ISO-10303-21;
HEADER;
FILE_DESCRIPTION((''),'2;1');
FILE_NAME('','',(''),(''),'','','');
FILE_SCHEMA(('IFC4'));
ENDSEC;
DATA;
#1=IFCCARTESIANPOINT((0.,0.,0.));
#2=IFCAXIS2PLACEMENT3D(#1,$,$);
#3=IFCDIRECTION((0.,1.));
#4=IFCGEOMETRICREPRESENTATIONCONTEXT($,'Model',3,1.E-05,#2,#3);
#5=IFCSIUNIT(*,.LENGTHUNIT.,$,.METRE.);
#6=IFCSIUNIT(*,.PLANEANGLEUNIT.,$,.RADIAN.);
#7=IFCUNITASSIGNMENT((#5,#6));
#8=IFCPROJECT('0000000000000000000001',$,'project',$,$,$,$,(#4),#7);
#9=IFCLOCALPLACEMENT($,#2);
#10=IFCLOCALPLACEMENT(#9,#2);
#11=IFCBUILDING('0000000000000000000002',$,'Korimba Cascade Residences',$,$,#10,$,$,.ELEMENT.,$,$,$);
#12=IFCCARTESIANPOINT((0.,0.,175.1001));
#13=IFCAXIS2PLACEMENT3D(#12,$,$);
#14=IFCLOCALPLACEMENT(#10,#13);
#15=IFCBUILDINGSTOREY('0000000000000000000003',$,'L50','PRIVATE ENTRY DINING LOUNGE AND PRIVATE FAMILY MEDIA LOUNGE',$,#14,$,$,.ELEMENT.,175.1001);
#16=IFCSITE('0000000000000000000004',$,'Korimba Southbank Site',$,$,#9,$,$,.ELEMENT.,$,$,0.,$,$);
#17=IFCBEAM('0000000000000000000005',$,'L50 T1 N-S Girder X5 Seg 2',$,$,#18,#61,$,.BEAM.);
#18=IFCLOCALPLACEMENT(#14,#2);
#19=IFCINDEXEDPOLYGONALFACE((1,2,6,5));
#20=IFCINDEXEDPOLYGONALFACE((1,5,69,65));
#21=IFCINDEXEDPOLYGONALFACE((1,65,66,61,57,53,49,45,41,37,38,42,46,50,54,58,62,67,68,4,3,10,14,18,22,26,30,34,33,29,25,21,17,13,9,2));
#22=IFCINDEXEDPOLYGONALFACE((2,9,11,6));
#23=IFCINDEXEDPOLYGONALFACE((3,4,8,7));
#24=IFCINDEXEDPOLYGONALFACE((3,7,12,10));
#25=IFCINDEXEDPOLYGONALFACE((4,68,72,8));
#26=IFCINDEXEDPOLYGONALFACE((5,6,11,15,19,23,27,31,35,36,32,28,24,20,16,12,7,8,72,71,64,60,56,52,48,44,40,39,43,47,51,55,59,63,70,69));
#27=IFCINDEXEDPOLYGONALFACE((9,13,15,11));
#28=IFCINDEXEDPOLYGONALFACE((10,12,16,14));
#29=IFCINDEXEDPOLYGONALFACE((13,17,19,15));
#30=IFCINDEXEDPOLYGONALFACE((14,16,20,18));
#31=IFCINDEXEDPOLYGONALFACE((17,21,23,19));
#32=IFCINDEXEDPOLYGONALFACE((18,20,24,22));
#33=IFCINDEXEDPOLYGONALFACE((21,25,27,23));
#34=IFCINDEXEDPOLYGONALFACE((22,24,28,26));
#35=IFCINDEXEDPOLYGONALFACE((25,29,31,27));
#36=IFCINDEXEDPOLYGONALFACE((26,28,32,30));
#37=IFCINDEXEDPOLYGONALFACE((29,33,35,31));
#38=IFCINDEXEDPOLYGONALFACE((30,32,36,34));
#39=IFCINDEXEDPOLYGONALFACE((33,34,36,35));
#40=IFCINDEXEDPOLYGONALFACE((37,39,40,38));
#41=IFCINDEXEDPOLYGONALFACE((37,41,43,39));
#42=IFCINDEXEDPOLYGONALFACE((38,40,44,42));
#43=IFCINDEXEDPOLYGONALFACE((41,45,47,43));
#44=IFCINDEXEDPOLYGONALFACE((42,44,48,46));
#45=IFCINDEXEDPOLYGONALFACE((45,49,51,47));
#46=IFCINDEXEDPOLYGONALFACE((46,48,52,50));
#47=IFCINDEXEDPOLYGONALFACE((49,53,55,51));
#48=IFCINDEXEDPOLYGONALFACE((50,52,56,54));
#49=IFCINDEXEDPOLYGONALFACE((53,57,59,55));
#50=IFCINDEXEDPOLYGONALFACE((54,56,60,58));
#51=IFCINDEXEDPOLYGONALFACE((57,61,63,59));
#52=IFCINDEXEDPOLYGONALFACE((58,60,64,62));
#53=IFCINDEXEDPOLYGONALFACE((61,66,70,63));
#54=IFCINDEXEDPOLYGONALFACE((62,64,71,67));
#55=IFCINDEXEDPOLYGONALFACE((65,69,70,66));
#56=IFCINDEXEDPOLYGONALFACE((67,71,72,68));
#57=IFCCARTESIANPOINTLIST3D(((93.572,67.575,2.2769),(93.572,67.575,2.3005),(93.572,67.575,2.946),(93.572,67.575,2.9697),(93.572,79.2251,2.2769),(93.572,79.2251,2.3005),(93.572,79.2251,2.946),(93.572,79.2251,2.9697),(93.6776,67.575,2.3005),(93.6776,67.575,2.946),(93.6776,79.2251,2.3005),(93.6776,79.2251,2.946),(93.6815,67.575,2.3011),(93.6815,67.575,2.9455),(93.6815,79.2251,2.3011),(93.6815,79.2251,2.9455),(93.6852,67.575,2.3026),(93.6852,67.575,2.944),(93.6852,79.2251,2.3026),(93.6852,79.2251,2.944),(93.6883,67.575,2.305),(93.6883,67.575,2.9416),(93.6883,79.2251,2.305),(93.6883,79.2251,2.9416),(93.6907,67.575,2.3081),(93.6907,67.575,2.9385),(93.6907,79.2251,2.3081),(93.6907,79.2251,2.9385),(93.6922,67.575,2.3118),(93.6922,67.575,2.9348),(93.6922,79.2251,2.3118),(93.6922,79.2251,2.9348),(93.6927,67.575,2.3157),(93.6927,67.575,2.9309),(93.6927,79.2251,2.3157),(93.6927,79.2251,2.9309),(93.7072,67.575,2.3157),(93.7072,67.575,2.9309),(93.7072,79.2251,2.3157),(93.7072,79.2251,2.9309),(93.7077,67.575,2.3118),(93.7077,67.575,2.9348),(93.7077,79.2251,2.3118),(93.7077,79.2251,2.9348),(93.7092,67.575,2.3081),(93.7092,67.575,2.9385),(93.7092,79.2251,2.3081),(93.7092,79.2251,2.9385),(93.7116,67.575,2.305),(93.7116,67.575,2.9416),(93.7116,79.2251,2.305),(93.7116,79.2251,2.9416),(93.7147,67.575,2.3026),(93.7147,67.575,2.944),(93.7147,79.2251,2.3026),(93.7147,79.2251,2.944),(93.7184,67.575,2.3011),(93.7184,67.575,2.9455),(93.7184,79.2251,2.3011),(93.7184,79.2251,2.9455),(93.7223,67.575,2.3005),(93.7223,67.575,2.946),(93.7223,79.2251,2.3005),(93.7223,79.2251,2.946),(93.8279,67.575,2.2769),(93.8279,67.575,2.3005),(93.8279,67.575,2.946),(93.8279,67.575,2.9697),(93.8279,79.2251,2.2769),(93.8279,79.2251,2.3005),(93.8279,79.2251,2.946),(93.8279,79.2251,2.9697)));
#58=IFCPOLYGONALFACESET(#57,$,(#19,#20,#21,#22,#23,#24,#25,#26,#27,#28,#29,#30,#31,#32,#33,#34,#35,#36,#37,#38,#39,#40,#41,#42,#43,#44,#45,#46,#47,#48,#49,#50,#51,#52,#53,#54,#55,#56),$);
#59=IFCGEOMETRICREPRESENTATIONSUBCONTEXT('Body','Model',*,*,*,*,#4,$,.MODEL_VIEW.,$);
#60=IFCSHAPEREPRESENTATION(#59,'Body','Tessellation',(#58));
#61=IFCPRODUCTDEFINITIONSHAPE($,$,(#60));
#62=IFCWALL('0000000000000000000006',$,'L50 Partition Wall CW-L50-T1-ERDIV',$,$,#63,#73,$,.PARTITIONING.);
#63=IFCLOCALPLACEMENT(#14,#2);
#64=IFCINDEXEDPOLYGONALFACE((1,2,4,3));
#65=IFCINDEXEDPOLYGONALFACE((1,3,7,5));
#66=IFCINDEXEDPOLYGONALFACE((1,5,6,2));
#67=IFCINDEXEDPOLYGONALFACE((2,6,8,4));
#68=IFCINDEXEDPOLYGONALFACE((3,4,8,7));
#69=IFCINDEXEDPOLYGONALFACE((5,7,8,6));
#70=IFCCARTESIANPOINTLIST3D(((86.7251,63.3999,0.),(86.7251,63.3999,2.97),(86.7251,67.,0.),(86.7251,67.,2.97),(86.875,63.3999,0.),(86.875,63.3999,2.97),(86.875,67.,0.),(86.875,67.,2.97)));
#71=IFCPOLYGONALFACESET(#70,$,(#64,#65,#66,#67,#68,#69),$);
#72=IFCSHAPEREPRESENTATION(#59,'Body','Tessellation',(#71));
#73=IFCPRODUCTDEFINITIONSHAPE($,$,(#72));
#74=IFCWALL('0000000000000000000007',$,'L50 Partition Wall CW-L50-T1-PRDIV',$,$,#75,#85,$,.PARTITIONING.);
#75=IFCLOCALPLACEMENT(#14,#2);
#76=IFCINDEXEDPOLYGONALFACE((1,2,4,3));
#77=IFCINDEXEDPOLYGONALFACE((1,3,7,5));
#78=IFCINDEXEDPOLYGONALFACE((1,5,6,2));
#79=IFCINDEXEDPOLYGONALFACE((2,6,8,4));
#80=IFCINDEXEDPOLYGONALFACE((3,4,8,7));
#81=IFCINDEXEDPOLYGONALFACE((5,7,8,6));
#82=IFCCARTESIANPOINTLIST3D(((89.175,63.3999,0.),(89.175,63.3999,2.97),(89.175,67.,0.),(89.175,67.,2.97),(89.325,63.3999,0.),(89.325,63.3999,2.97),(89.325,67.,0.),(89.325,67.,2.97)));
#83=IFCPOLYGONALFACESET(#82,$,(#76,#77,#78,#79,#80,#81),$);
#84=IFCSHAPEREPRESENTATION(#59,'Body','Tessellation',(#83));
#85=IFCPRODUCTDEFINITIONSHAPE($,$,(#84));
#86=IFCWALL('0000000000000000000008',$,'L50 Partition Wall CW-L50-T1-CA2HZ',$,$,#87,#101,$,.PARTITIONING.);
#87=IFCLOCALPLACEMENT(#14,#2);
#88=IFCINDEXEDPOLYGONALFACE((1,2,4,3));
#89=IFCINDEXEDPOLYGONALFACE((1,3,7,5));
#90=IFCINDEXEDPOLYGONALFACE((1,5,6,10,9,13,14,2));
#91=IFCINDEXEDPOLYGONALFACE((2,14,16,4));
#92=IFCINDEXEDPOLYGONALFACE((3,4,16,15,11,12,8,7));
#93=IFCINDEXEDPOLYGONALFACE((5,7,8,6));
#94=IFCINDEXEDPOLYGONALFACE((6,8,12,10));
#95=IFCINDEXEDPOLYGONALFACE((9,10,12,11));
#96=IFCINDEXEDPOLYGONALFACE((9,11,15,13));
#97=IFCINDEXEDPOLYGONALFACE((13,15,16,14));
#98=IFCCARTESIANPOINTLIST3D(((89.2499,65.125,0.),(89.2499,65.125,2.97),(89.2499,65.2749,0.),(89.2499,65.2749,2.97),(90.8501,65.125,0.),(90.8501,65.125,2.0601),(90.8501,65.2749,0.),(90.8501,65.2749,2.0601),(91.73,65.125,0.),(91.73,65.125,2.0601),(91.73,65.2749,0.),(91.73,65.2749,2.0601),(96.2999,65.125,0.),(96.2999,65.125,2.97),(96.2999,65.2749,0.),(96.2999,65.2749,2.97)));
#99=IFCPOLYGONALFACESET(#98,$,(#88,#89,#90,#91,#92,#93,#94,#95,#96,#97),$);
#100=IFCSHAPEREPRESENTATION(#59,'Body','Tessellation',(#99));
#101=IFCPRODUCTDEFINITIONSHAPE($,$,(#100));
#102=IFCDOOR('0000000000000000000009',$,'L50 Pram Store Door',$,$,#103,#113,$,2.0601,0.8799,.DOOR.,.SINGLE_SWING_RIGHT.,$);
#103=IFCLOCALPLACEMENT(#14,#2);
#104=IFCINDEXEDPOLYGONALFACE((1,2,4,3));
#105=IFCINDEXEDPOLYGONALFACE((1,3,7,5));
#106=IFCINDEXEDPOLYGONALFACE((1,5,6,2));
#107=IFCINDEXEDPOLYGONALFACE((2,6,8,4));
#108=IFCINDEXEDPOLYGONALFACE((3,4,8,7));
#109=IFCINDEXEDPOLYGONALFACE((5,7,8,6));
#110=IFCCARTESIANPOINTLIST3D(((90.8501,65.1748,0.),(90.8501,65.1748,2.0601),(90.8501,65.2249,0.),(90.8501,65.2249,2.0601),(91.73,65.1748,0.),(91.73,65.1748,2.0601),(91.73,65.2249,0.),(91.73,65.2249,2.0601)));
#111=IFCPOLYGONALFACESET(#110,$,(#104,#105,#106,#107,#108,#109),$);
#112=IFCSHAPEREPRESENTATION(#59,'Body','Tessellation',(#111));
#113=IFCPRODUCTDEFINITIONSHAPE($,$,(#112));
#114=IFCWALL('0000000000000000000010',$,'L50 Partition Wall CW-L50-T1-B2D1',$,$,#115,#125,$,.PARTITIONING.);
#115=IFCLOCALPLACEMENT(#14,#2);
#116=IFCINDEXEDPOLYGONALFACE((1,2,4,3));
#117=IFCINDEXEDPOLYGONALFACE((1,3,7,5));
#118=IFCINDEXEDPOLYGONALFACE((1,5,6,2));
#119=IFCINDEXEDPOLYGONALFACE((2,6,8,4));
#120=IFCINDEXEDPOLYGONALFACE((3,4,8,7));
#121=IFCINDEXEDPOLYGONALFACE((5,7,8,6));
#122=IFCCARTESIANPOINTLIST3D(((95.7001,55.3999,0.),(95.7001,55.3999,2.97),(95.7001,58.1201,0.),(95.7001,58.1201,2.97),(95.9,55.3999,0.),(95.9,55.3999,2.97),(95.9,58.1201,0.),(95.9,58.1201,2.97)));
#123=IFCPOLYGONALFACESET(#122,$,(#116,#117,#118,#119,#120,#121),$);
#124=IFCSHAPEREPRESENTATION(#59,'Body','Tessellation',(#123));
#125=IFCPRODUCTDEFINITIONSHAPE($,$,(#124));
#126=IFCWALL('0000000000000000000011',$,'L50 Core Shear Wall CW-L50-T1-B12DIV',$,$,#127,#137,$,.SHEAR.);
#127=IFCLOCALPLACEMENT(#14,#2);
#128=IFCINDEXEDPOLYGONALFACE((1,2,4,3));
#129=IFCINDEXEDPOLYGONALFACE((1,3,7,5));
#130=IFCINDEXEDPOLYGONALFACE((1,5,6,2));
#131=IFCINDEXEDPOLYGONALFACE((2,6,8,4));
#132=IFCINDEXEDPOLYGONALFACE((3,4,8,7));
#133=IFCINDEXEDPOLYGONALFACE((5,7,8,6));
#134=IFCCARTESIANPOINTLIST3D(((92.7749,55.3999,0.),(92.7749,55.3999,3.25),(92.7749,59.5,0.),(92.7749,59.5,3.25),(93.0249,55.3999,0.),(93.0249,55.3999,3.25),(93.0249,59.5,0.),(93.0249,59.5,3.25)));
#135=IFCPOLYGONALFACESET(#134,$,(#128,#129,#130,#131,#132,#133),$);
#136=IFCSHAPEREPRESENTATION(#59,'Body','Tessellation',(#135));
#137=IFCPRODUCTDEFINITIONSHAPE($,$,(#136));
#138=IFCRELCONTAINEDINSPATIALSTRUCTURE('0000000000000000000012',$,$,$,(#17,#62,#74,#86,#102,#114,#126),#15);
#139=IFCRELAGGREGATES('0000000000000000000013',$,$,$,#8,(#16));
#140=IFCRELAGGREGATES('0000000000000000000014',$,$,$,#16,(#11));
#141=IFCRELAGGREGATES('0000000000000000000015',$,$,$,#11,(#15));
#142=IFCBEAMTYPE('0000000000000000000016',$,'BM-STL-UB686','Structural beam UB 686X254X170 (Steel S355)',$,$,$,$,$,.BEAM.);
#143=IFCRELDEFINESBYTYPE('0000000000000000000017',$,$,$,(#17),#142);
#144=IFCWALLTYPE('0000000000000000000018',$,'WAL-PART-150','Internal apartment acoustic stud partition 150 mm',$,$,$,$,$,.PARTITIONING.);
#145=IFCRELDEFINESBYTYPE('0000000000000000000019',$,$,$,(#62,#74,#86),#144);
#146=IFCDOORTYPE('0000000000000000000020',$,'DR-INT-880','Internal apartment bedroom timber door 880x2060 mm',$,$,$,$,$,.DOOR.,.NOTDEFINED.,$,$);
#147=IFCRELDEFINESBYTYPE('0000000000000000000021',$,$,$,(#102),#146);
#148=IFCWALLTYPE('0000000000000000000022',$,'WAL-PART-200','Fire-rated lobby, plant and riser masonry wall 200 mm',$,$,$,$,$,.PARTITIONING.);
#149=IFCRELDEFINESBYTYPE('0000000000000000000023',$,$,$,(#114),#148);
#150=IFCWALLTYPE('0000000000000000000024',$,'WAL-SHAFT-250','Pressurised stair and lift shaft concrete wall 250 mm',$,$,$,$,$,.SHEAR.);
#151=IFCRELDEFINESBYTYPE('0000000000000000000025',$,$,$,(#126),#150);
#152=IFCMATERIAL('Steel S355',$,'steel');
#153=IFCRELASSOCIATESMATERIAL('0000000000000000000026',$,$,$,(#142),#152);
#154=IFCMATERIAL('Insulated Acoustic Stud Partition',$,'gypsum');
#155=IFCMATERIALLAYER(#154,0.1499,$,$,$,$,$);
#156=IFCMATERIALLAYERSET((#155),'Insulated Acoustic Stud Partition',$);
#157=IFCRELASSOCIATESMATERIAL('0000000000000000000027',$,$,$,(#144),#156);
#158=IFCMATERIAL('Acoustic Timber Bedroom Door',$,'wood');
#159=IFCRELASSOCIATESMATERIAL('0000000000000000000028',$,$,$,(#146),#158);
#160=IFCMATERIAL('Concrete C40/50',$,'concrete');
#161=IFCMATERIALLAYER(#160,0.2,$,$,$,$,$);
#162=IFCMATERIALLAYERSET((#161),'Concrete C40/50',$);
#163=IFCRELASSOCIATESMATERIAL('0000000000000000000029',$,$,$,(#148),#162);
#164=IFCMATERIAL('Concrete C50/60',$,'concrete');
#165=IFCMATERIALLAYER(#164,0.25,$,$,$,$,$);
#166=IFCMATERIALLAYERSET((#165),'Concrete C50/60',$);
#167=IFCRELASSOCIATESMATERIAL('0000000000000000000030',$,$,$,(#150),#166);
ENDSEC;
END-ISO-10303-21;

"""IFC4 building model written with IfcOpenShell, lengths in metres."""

from ifc_helpers import new_model, si_unit, direction, frame, frame_2d, origin, origin_2d, place, context, subcontext, project, spatial, rectangle, i_section, extrude, material, layer, layer_set, material_profile, profile_set, type_object, element, fill, save


model = new_model("IFC4")

# Units and contexts
model_context = context("Model", 3, precision=1e-05, world=origin(), true_north=direction((0.0, 1.0)))
body_context = subcontext(model_context, "Body", "Model", "MODEL_VIEW")
ifc_project = project(units=[si_unit("LENGTHUNIT", "METRE"), si_unit("PLANEANGLEUNIT", "RADIAN")], contexts=[model_context])

# Site, building, storey
site_placement = place(None, origin())
site = spatial("IfcSite", under=ifc_project, at=site_placement, Name="Korimba Southbank Site", CompositionType="ELEMENT", RefElevation=0.0)
building_placement = place(site_placement, origin())
building = spatial("IfcBuilding", under=site, at=building_placement, Name="Korimba Cascade Residences", CompositionType="ELEMENT")
storey_placement = place(building_placement, frame((0.0, 0.0, 175.1001)))
storey = spatial("IfcBuildingStorey", under=building, at=storey_placement, Name="L50", Description="PRIVATE ENTRY DINING LOUNGE AND PRIVATE FAMILY MEDIA LOUNGE", CompositionType="ELEMENT", Elevation=175.1001)

# Beam
ifc_material_1 = material(Name="Steel S355", Category="steel")
ifc_material_profile_1 = material_profile(ifc_material_1, i_section(OverallWidth=0.2559, OverallDepth=0.6929, WebThickness=0.0144, FlangeThickness=0.0237, FilletRadius=0.0151, at=origin_2d()), Name="Steel S355")
ifc_profile_set_1 = profile_set([ifc_material_profile_1], Name="Steel S355")
beam_type = type_object("IfcBeamType", Name="BM-STL-UB686", Description="Structural beam UB 686X254X170 (Steel S355)", PredefinedType="BEAM", material=ifc_profile_set_1)
beam_1_placement = place(storey_placement, frame((93.7, 67.575, 2.6233), z_axis=(0.0, 1.0, 0.0), x_axis=(-1.0, 0.0, 0.0)))
element("IfcBeam", 1, at=beam_1_placement, inside=storey, type_object=beam_type, Name="L50 T1 N-S Girder X5 Seg 2", PredefinedType="BEAM", context=body_context, shape_type="SweptSolid", body=[
    extrude(i_section(OverallWidth=0.2559, OverallDepth=0.6929, WebThickness=0.0144, FlangeThickness=0.0237, FilletRadius=0.0151, at=origin_2d()), origin(), (0.0, 0.0, 1.0), 11.6501),
])

# Walls
ifc_material_2 = material(Name="Insulated Acoustic Stud Partition", Category="gypsum")
ifc_layer_1 = layer(ifc_material_2, 0.1499)
ifc_layer_set_1 = layer_set([ifc_layer_1], Name="Insulated Acoustic Stud Partition")
wall_type_1 = type_object("IfcWallType", Name="WAL-PART-150", Description="Internal apartment acoustic stud partition 150 mm", PredefinedType="PARTITIONING", material=ifc_layer_set_1)
for number, where, z_axis, x_axis, name in (
    (2, (86.8, 63.3999, 0.0), (0.0, 0.0, 1.0), (0.0, 1.0, 0.0), "L50 Partition Wall CW-L50-T1-ERDIV"),
    (3, (89.25, 63.3999, 0.0), (0.0, 0.0, 1.0), (0.0, 1.0, 0.0), "L50 Partition Wall CW-L50-T1-PRDIV"),
):
    element("IfcWall", number, at=place(storey_placement, frame(where, z_axis=z_axis, x_axis=x_axis)), inside=storey, type_object=wall_type_1, Name=name, PredefinedType="PARTITIONING", context=body_context, shape_type="SweptSolid", body=[
        extrude(rectangle(XDim=3.6001, YDim=0.1499, at=frame_2d((1.8, 0.0))), origin(), (0.0, 0.0, 1.0), 2.97),
    ])

# Wall, opening, door
wall_1_placement = place(storey_placement, frame((89.25, 65.2, 0.0), z_axis=(0.0, 0.0, 1.0), x_axis=(1.0, 0.0, 0.0)))
wall_1 = element("IfcWall", 4, at=wall_1_placement, inside=storey, type_object=wall_type_1, Name="L50 Partition Wall CW-L50-T1-CA2HZ", PredefinedType="PARTITIONING", context=body_context, shape_type="SweptSolid", body=[
    extrude(rectangle(XDim=7.05, YDim=0.1499, at=frame_2d((3.5249, 0.0))), origin(), (0.0, 0.0, 1.0), 2.97),
])
opening_1_placement = place(wall_1_placement, frame((1.6001, 0.0, 0.0)))
opening_1 = element("IfcOpeningElement", 5, at=opening_1_placement, cuts=wall_1, PredefinedType="OPENING", context=body_context, shape_type="SweptSolid", body=[
    extrude(rectangle(XDim=0.8799, YDim=2.0601, at=frame_2d((0.4399, 1.03))), frame((0.0, 0.085, 0.0), z_axis=(0.0, -1.0, 0.0), x_axis=(1.0, 0.0, 0.0)), (0.0, 0.0, 1.0), 0.1699),
])
ifc_material_3 = material(Name="Acoustic Timber Bedroom Door", Category="wood")
door_type_1 = type_object("IfcDoorType", Name="DR-INT-880", Description="Internal apartment bedroom timber door 880x2060 mm", OperationType="NOTDEFINED", PredefinedType="DOOR", material=ifc_material_3)
door_1_placement = place(opening_1_placement, origin())
door_1 = element("IfcDoor", 6, at=door_1_placement, inside=storey, type_object=door_type_1, Name="L50 Pram Store Door", OperationType="SINGLE_SWING_RIGHT", OverallHeight=2.0601, OverallWidth=0.8799, PredefinedType="DOOR", context=body_context, shape_type="SweptSolid", body=[
    extrude(rectangle(XDim=0.8799, YDim=2.0601, at=frame_2d((0.4399, 1.03))), frame((0.0, 0.0249, 0.0), z_axis=(0.0, -1.0, 0.0), x_axis=(1.0, 0.0, 0.0)), (0.0, 0.0, 1.0), 0.05),
])
fill(opening_1, door_1)

# Walls
ifc_material_4 = material(Name="Concrete C40/50", Category="concrete")
ifc_layer_2 = layer(ifc_material_4, 0.2)
ifc_layer_set_2 = layer_set([ifc_layer_2], Name="Concrete C40/50")
wall_type_2 = type_object("IfcWallType", Name="WAL-PART-200", Description="Fire-rated lobby, plant and riser masonry wall 200 mm", PredefinedType="PARTITIONING", material=ifc_layer_set_2)
wall_2_placement = place(storey_placement, frame((95.8, 55.3999, 0.0), z_axis=(0.0, 0.0, 1.0), x_axis=(0.0, 1.0, 0.0)))
element("IfcWall", 7, at=wall_2_placement, inside=storey, type_object=wall_type_2, Name="L50 Partition Wall CW-L50-T1-B2D1", PredefinedType="PARTITIONING", context=body_context, shape_type="SweptSolid", body=[
    extrude(rectangle(XDim=2.7202, YDim=0.2, at=frame_2d((1.3601, 0.0))), origin(), (0.0, 0.0, 1.0), 2.97),
])
ifc_material_5 = material(Name="Concrete C50/60", Category="concrete")
ifc_layer_3 = layer(ifc_material_5, 0.25)
ifc_layer_set_3 = layer_set([ifc_layer_3], Name="Concrete C50/60")
wall_type_3 = type_object("IfcWallType", Name="WAL-SHAFT-250", Description="Pressurised stair and lift shaft concrete wall 250 mm", PredefinedType="SHEAR", material=ifc_layer_set_3)
wall_3_placement = place(storey_placement, frame((92.8999, 55.3999, 0.0), z_axis=(0.0, 0.0, 1.0), x_axis=(0.0, 1.0, 0.0)))
element("IfcWall", 8, at=wall_3_placement, inside=storey, type_object=wall_type_3, Name="L50 Core Shear Wall CW-L50-T1-B12DIV", PredefinedType="SHEAR", context=body_context, shape_type="SweptSolid", body=[
    extrude(rectangle(XDim=4.1001, YDim=0.25, at=frame_2d((2.05, 0.0))), origin(), (0.0, 0.0, 1.0), 3.25),
])

save(model, "model.ifc")
